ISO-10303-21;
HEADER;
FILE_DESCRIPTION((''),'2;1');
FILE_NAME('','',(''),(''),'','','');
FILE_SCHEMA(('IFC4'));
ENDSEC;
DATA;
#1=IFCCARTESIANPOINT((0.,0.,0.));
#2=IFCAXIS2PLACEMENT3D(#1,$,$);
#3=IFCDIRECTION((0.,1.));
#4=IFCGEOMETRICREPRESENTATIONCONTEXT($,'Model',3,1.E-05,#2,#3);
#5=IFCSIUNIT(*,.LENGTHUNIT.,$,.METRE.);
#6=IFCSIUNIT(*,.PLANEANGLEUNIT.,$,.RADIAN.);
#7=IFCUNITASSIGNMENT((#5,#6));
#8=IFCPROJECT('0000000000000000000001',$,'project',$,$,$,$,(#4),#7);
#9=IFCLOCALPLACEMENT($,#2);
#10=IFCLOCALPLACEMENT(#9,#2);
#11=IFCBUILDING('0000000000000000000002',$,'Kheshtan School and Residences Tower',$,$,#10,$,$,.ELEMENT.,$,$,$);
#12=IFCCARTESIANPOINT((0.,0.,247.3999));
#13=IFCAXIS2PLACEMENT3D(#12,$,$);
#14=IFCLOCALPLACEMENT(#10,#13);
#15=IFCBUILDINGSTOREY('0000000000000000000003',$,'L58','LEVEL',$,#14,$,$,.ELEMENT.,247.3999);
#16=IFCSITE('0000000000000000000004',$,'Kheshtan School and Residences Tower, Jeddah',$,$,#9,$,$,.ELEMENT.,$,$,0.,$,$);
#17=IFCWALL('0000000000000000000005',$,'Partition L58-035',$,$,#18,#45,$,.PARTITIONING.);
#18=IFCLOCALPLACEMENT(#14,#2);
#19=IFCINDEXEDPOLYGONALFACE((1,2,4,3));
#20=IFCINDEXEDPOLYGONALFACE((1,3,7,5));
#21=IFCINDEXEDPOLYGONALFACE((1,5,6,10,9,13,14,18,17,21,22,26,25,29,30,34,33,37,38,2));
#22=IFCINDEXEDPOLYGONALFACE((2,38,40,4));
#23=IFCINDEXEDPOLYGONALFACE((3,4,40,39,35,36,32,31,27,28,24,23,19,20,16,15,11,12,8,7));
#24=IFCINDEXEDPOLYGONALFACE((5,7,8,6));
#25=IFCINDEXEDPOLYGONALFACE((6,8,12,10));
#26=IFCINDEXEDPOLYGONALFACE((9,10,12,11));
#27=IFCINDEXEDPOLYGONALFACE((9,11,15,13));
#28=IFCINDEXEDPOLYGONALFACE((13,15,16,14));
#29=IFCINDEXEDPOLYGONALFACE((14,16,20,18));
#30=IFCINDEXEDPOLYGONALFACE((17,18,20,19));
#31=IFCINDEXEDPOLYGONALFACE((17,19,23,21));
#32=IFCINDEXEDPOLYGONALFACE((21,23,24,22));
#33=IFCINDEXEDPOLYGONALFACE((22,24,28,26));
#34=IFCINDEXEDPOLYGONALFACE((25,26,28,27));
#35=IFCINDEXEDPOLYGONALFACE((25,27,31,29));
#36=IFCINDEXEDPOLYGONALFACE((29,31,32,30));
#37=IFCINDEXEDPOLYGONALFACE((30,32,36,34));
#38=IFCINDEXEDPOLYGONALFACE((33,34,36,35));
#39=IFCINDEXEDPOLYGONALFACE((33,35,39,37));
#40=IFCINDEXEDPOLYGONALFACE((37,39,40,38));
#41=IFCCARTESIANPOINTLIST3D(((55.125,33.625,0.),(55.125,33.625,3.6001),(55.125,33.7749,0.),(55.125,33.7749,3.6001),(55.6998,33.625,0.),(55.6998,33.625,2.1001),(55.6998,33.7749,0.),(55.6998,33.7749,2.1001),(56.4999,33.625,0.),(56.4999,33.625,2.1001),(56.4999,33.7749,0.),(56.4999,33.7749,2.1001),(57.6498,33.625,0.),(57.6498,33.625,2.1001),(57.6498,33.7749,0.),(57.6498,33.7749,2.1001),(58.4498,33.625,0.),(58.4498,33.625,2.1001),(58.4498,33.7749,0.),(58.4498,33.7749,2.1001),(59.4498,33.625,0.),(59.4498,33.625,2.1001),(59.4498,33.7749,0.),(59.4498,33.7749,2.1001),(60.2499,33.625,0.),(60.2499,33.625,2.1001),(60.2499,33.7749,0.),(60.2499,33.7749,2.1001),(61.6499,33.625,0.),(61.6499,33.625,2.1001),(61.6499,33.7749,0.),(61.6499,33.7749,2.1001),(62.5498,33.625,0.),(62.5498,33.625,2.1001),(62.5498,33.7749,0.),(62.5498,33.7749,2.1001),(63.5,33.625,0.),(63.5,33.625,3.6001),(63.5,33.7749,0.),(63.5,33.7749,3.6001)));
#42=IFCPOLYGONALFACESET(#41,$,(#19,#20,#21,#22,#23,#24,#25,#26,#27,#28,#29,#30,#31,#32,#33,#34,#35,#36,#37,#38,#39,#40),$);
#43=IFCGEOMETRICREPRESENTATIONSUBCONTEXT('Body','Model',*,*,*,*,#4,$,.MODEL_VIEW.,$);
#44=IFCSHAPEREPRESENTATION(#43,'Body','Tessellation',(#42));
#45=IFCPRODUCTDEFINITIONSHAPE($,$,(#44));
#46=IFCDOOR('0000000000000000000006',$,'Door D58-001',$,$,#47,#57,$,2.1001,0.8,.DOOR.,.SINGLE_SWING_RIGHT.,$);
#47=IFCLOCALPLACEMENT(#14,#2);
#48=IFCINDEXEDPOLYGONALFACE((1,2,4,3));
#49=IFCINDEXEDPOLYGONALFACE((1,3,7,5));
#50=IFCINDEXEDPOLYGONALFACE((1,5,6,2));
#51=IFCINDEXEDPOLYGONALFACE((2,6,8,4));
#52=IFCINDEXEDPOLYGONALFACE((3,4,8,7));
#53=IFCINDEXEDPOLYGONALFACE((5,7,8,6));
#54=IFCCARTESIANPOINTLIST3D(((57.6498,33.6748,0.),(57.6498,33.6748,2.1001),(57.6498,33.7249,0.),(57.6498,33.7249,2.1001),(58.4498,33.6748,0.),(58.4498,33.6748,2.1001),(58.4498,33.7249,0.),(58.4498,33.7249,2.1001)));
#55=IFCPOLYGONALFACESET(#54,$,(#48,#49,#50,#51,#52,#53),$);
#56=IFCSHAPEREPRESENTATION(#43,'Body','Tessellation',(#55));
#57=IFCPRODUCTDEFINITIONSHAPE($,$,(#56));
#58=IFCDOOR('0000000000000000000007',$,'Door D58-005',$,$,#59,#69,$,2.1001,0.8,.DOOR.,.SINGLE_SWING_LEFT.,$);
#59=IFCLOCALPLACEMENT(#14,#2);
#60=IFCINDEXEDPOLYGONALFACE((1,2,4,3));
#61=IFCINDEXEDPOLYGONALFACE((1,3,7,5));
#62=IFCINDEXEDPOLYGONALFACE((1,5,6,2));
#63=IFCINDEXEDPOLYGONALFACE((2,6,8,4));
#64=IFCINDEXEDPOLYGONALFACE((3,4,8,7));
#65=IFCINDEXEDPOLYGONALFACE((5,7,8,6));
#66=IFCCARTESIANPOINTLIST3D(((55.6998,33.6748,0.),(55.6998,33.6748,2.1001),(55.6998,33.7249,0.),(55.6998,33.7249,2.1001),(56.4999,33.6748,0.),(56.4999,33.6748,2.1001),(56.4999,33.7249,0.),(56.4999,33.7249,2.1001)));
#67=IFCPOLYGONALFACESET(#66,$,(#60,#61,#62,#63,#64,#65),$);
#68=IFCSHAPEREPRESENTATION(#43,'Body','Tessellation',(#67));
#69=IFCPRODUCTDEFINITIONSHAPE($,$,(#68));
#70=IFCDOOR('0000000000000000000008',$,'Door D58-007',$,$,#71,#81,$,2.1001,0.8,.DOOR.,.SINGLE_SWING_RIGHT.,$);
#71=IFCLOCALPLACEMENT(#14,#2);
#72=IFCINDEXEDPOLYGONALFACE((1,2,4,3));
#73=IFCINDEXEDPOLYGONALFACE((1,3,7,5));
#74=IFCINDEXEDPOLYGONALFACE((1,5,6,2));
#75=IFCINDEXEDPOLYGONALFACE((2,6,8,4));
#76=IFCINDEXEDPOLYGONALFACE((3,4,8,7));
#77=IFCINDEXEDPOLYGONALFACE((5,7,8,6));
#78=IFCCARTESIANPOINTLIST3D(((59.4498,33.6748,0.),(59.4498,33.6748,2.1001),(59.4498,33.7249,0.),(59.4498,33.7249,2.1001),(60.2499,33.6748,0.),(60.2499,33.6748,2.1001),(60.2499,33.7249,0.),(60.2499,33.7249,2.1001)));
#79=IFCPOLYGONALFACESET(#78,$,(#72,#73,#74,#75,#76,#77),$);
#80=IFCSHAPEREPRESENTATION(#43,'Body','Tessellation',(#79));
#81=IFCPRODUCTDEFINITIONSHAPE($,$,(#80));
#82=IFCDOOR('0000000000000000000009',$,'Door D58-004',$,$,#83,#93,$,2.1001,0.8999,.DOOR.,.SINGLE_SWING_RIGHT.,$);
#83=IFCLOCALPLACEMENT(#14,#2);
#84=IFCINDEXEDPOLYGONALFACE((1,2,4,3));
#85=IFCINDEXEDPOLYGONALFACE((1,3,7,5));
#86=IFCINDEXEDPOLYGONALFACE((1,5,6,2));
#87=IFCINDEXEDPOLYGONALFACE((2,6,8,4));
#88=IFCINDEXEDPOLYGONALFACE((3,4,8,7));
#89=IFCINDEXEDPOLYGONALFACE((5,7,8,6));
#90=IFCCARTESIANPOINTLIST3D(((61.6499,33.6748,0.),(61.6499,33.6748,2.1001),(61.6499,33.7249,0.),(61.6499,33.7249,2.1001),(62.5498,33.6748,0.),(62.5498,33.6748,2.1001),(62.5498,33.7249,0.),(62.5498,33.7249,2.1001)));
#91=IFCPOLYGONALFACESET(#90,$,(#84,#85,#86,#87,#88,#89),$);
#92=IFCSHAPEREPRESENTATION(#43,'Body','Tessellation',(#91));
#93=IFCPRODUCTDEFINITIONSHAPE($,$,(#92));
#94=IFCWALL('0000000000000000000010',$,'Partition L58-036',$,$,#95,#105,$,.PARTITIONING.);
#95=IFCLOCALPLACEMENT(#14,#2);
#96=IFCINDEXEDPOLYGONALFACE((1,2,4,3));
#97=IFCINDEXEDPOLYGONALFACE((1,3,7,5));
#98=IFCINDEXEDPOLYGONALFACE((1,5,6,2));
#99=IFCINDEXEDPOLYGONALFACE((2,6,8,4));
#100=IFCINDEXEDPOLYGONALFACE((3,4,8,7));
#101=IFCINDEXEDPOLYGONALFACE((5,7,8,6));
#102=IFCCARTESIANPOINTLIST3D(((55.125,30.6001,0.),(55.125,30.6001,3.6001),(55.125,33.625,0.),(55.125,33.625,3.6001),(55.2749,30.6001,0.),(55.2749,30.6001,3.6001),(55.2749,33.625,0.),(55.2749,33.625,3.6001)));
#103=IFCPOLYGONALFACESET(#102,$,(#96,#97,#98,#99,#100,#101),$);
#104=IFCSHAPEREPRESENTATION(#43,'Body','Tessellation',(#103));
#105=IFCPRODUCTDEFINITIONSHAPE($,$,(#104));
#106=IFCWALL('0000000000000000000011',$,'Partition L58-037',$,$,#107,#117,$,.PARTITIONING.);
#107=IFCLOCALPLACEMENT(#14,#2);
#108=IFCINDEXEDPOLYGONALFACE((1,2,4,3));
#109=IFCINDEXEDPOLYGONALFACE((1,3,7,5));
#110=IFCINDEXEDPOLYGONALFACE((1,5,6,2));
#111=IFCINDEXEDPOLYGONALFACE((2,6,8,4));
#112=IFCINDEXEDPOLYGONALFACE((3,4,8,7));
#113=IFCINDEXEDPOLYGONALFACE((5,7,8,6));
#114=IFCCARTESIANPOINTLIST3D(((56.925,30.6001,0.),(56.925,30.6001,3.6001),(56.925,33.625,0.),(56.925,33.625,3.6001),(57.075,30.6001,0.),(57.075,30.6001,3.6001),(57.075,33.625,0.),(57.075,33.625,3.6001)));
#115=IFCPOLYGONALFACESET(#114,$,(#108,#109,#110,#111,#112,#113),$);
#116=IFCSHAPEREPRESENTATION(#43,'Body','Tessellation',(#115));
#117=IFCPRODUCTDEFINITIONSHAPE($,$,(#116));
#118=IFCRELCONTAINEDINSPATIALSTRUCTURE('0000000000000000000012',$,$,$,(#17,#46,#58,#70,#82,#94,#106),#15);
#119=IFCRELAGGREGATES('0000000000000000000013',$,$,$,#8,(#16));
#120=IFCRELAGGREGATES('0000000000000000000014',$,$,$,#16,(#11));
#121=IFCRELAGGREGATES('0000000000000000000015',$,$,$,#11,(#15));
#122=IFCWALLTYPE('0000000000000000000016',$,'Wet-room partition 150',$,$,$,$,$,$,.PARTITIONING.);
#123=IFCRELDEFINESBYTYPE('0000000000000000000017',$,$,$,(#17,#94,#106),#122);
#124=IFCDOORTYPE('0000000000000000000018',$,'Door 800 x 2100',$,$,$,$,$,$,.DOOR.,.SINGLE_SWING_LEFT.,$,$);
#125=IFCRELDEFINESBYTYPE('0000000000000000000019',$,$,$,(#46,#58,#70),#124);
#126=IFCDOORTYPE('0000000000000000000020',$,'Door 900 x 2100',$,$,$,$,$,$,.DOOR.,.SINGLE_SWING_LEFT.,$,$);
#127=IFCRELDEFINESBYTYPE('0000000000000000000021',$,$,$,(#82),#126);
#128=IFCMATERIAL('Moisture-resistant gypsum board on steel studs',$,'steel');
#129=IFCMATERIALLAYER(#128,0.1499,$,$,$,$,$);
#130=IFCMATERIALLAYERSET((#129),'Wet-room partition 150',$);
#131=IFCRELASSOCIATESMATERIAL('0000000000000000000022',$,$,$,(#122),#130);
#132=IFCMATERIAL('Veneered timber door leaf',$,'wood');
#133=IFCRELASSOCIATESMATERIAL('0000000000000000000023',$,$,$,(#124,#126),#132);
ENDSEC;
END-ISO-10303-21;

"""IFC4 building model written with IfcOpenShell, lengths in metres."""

from ifc_helpers import new_model, si_unit, direction, frame, frame_2d, origin, place, context, subcontext, project, spatial, rectangle, extrude, source, transform, mapped, material, layer, layer_set, type_object, element, fill, save


model = new_model("IFC4")

# Units and contexts
model_context = context("Model", 3, precision=1e-05, world=origin(), true_north=direction((0.0, 1.0)))
body_context = subcontext(model_context, "Body", "Model", "MODEL_VIEW")
ifc_project = project(units=[si_unit("LENGTHUNIT", "METRE"), si_unit("PLANEANGLEUNIT", "RADIAN")], contexts=[model_context])

# Site, building, storey
site_placement = place(None, origin())
site = spatial("IfcSite", under=ifc_project, at=site_placement, Name="Kheshtan School and Residences Tower, Jeddah", CompositionType="ELEMENT", RefElevation=0.0)
building_placement = place(site_placement, origin())
building = spatial("IfcBuilding", under=site, at=building_placement, Name="Kheshtan School and Residences Tower", CompositionType="ELEMENT")
storey_placement = place(building_placement, frame((0.0, 0.0, 247.3999)))
storey = spatial("IfcBuildingStorey", under=building, at=storey_placement, Name="L58", Description="LEVEL", CompositionType="ELEMENT", Elevation=247.3999)

# Wall, openings, doors
ifc_material_1 = material(Name="Moisture-resistant gypsum board on steel studs", Category="steel")
ifc_layer_1 = layer(ifc_material_1, 0.1499)
ifc_layer_set_1 = layer_set([ifc_layer_1], Name="Wet-room partition 150")
wall_type_1 = type_object("IfcWallType", Name="Wet-room partition 150", PredefinedType="PARTITIONING", material=ifc_layer_set_1)
wall_1_placement = place(storey_placement, frame((55.125, 33.7, 0.0), z_axis=(0.0, 0.0, 1.0), x_axis=(1.0, 0.0, 0.0)))
wall_1 = element("IfcWall", 1, at=wall_1_placement, inside=storey, type_object=wall_type_1, Name="Partition L58-035", PredefinedType="PARTITIONING", context=body_context, shape_type="SweptSolid", body=[
    extrude(rectangle(XDim=8.375, YDim=0.1499, at=frame_2d((4.1875, 0.0))), origin(), (0.0, 0.0, 1.0), 3.6001),
])
opening_1_placement = place(wall_1_placement, frame((2.5249, 0.0, 0.0)))
opening_1 = element("IfcOpeningElement", 2, at=opening_1_placement, cuts=wall_1, PredefinedType="OPENING", context=body_context, shape_type="SweptSolid", body=[
    extrude(rectangle(XDim=0.8, YDim=2.1001, at=frame_2d((0.3999, 1.05))), frame((0.0, 0.085, 0.0), z_axis=(0.0, -1.0, 0.0), x_axis=(1.0, 0.0, 0.0)), (0.0, 0.0, 1.0), 0.1699),
])
opening_2_placement = place(wall_1_placement, frame((6.5249, 0.0, 0.0)))
opening_2 = element("IfcOpeningElement", 3, at=opening_2_placement, cuts=wall_1, PredefinedType="OPENING", context=body_context, shape_type="SweptSolid", body=[
    extrude(rectangle(XDim=0.8999, YDim=2.1001, at=frame_2d((0.45, 1.05))), frame((0.0, 0.085, 0.0), z_axis=(0.0, -1.0, 0.0), x_axis=(1.0, 0.0, 0.0)), (0.0, 0.0, 1.0), 0.1699),
])
opening_3_placement = place(wall_1_placement, frame((0.575, 0.0, 0.0)))
opening_3 = element("IfcOpeningElement", 4, at=opening_3_placement, cuts=wall_1, PredefinedType="OPENING", context=body_context, shape_type="SweptSolid", body=[
    extrude(rectangle(XDim=0.8, YDim=2.1001, at=frame_2d((0.3999, 1.05))), frame((0.0, 0.085, 0.0), z_axis=(0.0, -1.0, 0.0), x_axis=(1.0, 0.0, 0.0)), (0.0, 0.0, 1.0), 0.1699),
])
opening_4_placement = place(wall_1_placement, frame((4.325, 0.0, 0.0)))
opening_4 = element("IfcOpeningElement", 5, at=opening_4_placement, cuts=wall_1, PredefinedType="OPENING", context=body_context, shape_type="SweptSolid", body=[
    extrude(rectangle(XDim=0.8, YDim=2.1001, at=frame_2d((0.3999, 1.05))), frame((0.0, 0.085, 0.0), z_axis=(0.0, -1.0, 0.0), x_axis=(1.0, 0.0, 0.0)), (0.0, 0.0, 1.0), 0.1699),
])
ifc_material_2 = material(Name="Veneered timber door leaf", Category="wood")
door_type_1 = type_object("IfcDoorType", Name="Door 800 x 2100", OperationType="SINGLE_SWING_LEFT", PredefinedType="DOOR", material=ifc_material_2)
shared_shape_1 = source(origin(), body_context, "Body", "SweptSolid", [
    extrude(rectangle(XDim=0.8, YDim=2.1001, at=frame_2d((0.3999, 1.05))), frame((0.0, 0.0249, 0.0), z_axis=(0.0, -1.0, 0.0), x_axis=(1.0, 0.0, 0.0)), (0.0, 0.0, 1.0), 0.05),
])
door_1_placement = place(opening_1_placement, origin())
door_1 = element("IfcDoor", 6, at=door_1_placement, inside=storey, type_object=door_type_1, Name="Door D58-001", OperationType="SINGLE_SWING_RIGHT", OverallHeight=2.1001, OverallWidth=0.8, PredefinedType="DOOR", context=body_context, shape_type="MappedRepresentation", body=[
    mapped(shared_shape_1, transform((0.0, 0.0, 0.0), x_axis=(1.0, 0.0, 0.0), y_axis=(0.0, 1.0, 0.0), z_axis=(0.0, 0.0, 1.0), scale=1.0)),
])
fill(opening_1, door_1)
door_2_placement = place(opening_3_placement, origin())
door_2 = element("IfcDoor", 7, at=door_2_placement, inside=storey, type_object=door_type_1, Name="Door D58-005", OperationType="SINGLE_SWING_LEFT", OverallHeight=2.1001, OverallWidth=0.8, PredefinedType="DOOR", context=body_context, shape_type="MappedRepresentation", body=[
    mapped(shared_shape_1, transform((0.0, 0.0, 0.0), x_axis=(1.0, 0.0, 0.0), y_axis=(0.0, 1.0, 0.0), z_axis=(0.0, 0.0, 1.0), scale=1.0)),
])
fill(opening_3, door_2)
door_3_placement = place(opening_4_placement, origin())
door_3 = element("IfcDoor", 8, at=door_3_placement, inside=storey, type_object=door_type_1, Name="Door D58-007", OperationType="SINGLE_SWING_RIGHT", OverallHeight=2.1001, OverallWidth=0.8, PredefinedType="DOOR", context=body_context, shape_type="MappedRepresentation", body=[
    mapped(shared_shape_1, transform((0.0, 0.0, 0.0), x_axis=(1.0, 0.0, 0.0), y_axis=(0.0, 1.0, 0.0), z_axis=(0.0, 0.0, 1.0), scale=1.0)),
])
fill(opening_4, door_3)
door_type_2 = type_object("IfcDoorType", Name="Door 900 x 2100", OperationType="SINGLE_SWING_LEFT", PredefinedType="DOOR", material=ifc_material_2)
shared_shape_2 = source(origin(), body_context, "Body", "SweptSolid", [
    extrude(rectangle(XDim=0.8999, YDim=2.1001, at=frame_2d((0.45, 1.05))), frame((0.0, 0.0249, 0.0), z_axis=(0.0, -1.0, 0.0), x_axis=(1.0, 0.0, 0.0)), (0.0, 0.0, 1.0), 0.05),
])
door_4_placement = place(opening_2_placement, origin())
door_4 = element("IfcDoor", 9, at=door_4_placement, inside=storey, type_object=door_type_2, Name="Door D58-004", OperationType="SINGLE_SWING_RIGHT", OverallHeight=2.1001, OverallWidth=0.8999, PredefinedType="DOOR", context=body_context, shape_type="MappedRepresentation", body=[
    mapped(shared_shape_2, transform((0.0, 0.0, 0.0), x_axis=(1.0, 0.0, 0.0), y_axis=(0.0, 1.0, 0.0), z_axis=(0.0, 0.0, 1.0), scale=1.0)),
])
fill(opening_2, door_4)

# Walls
for number, where, z_axis, x_axis, name in (
    (10, (55.2, 30.6001, 0.0), (0.0, 0.0, 1.0), (0.0, 1.0, 0.0), "Partition L58-036"),
    (11, (57.0, 30.6001, 0.0), (0.0, 0.0, 1.0), (0.0, 1.0, 0.0), "Partition L58-037"),
):
    element("IfcWall", number, at=place(storey_placement, frame(where, z_axis=z_axis, x_axis=x_axis)), inside=storey, type_object=wall_type_1, Name=name, PredefinedType="PARTITIONING", context=body_context, shape_type="SweptSolid", body=[
        extrude(rectangle(XDim=3.0249, YDim=0.1499, at=frame_2d((1.5125, 0.0))), origin(), (0.0, 0.0, 1.0), 3.6001),
    ])

save(model, "model.ifc")
